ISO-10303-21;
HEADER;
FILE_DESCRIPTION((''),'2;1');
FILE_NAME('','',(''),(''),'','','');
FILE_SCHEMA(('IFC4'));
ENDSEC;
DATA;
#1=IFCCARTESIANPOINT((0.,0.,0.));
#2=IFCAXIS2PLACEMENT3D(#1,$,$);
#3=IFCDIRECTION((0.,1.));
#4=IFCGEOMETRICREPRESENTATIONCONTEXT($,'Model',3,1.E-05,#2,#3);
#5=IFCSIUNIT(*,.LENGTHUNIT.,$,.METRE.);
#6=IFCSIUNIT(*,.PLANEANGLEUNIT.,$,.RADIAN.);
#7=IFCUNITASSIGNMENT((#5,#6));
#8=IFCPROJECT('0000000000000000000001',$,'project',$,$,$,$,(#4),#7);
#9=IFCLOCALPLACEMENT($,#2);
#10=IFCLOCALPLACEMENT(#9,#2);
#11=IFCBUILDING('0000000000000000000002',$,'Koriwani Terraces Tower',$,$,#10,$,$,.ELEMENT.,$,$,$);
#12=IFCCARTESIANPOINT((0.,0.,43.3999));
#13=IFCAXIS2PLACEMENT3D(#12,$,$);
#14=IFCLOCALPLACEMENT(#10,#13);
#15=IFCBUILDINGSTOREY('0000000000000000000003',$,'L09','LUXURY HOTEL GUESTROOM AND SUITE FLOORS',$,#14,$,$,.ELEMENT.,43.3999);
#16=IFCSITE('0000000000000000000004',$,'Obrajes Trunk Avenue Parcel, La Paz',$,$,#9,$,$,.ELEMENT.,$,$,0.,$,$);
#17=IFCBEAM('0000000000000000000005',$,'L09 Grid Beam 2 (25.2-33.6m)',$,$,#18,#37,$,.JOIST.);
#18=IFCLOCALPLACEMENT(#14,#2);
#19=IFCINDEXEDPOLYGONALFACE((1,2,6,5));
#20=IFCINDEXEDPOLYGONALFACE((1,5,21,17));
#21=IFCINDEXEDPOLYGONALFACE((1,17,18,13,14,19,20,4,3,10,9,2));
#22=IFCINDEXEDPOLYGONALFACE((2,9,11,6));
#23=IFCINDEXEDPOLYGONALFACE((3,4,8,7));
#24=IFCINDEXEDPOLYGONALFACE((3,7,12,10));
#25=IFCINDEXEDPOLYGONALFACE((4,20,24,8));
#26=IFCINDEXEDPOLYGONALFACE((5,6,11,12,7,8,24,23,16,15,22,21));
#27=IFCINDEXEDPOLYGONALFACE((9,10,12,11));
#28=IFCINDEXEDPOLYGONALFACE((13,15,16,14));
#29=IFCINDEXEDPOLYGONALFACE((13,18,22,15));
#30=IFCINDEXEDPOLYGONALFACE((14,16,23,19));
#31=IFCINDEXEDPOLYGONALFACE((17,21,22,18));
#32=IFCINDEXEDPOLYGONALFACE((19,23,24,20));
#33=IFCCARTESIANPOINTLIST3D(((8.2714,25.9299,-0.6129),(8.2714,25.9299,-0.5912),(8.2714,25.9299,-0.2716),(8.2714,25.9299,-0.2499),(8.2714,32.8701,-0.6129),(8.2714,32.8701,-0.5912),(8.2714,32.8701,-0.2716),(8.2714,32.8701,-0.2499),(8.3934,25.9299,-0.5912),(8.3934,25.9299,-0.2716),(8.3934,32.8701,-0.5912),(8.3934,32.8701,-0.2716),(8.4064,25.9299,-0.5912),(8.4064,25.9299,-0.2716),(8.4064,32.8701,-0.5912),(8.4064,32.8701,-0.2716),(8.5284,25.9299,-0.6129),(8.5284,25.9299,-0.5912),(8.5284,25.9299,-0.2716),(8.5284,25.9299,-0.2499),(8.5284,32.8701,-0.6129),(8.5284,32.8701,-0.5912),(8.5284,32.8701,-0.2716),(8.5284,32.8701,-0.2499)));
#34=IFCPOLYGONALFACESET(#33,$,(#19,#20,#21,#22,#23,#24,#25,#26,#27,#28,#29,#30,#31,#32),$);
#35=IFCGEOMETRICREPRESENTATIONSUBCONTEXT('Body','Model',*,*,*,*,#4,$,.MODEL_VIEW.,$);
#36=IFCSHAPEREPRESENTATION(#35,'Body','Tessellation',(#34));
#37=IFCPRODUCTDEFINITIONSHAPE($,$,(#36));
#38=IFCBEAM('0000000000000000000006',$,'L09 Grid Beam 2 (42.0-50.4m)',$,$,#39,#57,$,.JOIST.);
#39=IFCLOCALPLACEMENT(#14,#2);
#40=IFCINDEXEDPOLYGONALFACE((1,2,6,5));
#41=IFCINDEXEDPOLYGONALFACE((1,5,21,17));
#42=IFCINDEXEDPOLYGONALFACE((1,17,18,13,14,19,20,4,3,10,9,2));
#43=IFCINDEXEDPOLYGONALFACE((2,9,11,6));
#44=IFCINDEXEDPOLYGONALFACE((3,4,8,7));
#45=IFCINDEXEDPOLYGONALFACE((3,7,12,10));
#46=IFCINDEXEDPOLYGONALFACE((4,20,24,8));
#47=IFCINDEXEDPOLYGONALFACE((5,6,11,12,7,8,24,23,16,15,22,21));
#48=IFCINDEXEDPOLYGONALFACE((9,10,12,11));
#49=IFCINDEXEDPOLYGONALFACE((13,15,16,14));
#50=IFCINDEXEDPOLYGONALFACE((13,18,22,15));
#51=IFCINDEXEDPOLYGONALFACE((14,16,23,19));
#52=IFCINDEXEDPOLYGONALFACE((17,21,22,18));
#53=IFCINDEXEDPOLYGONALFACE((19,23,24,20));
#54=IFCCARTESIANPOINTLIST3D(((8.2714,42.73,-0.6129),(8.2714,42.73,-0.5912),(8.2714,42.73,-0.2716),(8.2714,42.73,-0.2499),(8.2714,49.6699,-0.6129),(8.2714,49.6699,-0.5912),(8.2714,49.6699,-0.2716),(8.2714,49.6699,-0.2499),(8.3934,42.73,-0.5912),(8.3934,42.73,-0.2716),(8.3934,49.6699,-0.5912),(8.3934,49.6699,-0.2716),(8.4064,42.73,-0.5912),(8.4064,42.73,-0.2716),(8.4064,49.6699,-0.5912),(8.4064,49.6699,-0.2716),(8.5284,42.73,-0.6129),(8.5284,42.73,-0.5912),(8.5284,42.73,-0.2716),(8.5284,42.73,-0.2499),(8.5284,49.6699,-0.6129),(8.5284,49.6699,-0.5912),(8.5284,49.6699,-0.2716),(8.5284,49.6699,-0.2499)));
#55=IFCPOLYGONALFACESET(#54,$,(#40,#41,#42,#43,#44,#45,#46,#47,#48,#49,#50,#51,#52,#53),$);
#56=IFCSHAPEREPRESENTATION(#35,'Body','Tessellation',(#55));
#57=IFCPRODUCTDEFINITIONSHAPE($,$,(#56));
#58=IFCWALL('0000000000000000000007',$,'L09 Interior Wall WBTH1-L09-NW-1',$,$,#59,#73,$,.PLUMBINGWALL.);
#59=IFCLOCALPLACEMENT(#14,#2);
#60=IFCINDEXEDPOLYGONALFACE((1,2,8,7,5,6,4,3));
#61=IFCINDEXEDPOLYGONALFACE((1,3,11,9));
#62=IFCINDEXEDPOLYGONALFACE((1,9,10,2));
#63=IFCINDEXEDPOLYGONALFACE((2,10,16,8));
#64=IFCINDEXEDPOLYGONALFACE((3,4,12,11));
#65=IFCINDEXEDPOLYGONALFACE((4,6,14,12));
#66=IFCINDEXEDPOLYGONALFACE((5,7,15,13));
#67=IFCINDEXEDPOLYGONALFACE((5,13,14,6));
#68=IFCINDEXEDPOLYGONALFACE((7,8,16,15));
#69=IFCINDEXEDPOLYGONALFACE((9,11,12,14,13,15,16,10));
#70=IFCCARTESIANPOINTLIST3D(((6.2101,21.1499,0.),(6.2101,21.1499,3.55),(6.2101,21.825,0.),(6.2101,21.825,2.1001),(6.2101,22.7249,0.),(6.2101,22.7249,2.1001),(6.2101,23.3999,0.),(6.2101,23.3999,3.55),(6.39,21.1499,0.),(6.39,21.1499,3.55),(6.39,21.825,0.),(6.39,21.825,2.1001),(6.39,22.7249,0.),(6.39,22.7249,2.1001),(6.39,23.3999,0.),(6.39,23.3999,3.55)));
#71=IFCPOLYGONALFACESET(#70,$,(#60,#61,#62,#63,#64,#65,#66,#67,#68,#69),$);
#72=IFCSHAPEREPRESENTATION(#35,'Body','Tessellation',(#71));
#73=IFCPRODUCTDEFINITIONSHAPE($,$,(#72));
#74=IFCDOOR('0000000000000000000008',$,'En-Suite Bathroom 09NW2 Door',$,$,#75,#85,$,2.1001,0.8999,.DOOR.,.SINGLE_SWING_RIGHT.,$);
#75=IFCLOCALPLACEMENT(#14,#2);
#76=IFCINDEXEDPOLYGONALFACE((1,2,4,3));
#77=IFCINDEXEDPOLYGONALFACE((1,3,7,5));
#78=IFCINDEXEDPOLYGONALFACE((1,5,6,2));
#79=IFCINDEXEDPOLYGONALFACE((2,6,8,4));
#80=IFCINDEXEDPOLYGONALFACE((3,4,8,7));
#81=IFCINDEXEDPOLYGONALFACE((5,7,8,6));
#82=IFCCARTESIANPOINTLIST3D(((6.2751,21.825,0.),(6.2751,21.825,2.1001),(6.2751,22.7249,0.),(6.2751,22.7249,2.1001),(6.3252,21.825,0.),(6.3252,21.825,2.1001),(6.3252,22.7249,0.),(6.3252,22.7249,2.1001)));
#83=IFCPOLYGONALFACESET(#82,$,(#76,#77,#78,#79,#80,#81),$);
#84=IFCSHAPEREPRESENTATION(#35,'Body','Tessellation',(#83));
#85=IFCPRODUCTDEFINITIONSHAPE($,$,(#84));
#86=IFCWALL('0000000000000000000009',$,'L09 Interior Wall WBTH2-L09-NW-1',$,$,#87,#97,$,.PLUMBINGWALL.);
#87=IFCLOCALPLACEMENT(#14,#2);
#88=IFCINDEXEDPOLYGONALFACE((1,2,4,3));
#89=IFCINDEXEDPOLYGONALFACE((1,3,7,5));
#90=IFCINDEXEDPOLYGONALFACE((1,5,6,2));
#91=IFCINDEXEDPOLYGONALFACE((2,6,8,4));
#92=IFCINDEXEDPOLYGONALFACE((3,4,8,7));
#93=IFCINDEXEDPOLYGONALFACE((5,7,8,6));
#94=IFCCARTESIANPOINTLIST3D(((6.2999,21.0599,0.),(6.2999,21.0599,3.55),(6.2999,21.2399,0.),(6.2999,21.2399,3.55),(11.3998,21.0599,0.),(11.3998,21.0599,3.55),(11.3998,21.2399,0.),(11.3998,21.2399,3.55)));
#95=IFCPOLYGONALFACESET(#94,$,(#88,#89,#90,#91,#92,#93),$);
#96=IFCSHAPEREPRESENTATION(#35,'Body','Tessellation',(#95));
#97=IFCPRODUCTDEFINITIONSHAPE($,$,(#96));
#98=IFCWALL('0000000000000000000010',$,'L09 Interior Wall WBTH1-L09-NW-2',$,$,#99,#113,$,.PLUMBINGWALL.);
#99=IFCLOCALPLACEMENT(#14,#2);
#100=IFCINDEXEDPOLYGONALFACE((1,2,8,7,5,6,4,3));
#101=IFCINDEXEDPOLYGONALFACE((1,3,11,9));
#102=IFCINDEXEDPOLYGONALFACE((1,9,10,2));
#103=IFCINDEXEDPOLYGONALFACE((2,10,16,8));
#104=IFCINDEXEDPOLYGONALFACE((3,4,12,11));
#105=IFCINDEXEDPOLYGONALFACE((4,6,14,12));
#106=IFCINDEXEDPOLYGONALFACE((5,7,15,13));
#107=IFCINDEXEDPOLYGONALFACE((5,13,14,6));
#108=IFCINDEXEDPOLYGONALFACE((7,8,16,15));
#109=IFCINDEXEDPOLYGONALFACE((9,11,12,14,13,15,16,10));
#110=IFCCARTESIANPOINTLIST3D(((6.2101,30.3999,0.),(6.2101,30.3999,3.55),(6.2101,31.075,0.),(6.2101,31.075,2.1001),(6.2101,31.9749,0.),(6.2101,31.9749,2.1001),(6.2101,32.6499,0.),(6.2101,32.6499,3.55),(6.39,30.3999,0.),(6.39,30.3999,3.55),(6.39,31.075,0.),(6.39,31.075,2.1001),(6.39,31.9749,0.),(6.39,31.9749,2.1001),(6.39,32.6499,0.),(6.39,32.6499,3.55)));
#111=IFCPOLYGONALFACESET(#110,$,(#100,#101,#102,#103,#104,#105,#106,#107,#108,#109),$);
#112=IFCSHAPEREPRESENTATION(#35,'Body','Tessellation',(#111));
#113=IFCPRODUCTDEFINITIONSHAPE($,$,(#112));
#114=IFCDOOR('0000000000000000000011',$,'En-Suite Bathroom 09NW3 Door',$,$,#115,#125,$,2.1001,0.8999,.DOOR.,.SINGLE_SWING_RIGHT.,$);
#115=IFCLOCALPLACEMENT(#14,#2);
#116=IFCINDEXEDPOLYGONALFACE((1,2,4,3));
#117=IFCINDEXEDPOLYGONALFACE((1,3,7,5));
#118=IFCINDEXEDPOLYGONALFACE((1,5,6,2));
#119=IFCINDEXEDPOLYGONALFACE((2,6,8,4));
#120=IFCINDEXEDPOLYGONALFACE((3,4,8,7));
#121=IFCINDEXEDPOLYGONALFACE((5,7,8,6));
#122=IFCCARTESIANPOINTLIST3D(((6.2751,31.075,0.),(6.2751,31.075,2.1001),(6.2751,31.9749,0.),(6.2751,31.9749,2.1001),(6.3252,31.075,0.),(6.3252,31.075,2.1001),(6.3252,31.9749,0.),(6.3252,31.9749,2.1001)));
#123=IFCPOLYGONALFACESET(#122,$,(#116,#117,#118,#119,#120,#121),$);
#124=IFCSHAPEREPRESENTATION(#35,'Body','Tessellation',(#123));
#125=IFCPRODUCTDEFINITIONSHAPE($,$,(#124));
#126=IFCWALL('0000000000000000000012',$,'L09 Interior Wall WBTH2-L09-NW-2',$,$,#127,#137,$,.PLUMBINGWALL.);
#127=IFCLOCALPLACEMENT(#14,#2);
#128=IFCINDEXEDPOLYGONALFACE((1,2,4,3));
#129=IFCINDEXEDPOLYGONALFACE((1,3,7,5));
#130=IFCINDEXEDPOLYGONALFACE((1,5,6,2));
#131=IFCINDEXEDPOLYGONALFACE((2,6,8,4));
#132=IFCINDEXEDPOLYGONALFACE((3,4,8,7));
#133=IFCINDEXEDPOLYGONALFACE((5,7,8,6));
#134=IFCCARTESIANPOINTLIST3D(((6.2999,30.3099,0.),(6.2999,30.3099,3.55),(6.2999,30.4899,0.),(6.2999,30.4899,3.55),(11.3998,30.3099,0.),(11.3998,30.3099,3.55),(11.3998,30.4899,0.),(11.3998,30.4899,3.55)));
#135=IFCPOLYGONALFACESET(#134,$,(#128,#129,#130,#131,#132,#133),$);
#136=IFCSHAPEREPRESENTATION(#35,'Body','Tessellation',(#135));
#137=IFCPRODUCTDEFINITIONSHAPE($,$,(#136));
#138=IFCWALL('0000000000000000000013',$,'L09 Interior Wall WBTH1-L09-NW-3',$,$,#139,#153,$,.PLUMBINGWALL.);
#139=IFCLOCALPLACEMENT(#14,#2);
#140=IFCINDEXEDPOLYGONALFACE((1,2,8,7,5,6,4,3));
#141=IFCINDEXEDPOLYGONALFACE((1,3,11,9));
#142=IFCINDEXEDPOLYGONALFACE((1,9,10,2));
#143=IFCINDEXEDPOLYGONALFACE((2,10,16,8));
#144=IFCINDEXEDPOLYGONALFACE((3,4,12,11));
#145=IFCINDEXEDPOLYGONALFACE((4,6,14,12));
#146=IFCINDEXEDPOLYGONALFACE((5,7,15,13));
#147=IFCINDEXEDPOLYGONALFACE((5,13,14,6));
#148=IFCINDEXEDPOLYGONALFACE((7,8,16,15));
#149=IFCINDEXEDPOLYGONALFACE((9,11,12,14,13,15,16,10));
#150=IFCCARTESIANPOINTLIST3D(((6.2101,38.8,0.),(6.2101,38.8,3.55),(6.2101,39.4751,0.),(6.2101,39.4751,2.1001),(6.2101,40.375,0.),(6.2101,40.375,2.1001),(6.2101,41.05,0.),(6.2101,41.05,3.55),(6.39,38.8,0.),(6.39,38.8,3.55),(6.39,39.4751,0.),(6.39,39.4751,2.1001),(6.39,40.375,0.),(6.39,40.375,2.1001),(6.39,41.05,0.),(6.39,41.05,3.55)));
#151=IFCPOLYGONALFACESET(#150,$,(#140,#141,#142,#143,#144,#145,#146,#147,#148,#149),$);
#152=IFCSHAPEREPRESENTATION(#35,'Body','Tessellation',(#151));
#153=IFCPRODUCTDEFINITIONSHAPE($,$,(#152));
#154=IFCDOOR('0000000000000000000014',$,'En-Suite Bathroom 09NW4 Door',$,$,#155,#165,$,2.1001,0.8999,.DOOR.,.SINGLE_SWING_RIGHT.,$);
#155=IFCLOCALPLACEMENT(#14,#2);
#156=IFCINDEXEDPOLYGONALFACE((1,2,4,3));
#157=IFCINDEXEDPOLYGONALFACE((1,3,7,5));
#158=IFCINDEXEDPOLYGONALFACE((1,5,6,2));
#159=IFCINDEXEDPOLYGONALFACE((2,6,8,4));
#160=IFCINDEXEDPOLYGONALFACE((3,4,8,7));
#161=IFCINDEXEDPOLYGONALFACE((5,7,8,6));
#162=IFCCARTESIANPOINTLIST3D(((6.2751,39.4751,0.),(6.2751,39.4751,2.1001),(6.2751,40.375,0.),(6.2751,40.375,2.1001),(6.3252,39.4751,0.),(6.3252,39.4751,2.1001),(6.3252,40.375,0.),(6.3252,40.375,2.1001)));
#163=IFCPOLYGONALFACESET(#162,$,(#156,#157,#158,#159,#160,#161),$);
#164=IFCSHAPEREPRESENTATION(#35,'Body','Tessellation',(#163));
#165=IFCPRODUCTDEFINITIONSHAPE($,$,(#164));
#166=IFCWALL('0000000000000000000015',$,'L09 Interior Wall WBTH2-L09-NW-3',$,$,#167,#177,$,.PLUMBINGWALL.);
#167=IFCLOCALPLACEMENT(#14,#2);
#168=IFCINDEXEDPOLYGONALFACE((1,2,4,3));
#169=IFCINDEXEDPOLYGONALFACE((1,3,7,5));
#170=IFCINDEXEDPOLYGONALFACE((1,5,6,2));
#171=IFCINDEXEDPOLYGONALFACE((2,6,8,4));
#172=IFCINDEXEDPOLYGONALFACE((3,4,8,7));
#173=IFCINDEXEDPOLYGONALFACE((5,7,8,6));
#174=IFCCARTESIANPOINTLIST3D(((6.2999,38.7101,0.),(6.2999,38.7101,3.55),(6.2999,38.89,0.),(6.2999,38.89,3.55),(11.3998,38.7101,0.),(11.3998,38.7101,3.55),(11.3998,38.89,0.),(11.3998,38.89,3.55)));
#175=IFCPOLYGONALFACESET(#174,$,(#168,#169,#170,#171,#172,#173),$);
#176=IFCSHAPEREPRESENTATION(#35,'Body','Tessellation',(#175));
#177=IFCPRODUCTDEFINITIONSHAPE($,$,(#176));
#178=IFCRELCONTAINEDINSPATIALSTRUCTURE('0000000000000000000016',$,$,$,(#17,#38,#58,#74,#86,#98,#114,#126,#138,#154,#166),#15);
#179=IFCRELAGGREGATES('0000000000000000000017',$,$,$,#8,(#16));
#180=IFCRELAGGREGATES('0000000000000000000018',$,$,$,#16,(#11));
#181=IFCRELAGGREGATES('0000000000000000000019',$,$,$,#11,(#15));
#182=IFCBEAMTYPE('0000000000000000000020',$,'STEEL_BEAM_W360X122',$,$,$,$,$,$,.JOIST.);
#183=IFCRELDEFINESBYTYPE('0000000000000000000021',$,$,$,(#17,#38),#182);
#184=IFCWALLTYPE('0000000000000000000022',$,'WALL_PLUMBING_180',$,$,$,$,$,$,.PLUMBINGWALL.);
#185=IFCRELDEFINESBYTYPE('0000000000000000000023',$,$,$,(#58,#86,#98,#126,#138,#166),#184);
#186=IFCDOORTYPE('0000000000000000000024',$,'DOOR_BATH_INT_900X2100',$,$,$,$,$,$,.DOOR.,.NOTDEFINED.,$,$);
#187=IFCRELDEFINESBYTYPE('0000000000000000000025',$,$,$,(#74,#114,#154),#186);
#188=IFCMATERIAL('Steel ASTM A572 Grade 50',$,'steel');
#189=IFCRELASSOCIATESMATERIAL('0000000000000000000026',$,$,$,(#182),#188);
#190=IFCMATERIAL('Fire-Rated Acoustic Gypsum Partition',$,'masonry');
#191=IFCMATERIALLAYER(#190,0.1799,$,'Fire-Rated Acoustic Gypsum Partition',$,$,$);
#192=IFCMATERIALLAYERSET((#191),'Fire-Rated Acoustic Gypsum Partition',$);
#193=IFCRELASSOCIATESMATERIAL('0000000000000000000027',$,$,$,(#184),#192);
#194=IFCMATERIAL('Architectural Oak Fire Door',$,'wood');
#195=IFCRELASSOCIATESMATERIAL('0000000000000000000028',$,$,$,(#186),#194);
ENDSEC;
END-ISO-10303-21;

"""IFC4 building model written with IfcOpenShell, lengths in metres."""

from ifc_helpers import new_model, si_unit, direction, frame, frame_2d, origin, origin_2d, place, context, subcontext, project, spatial, rectangle, i_section, extrude, material, layer, layer_set, material_profile, profile_set, type_object, element, fill, save


model = new_model("IFC4")

# Units and contexts
model_context = context("Model", 3, precision=1e-05, world=origin(), true_north=direction((0.0, 1.0)))
body_context = subcontext(model_context, "Body", "Model", "MODEL_VIEW")
ifc_project = project(units=[si_unit("LENGTHUNIT", "METRE"), si_unit("PLANEANGLEUNIT", "RADIAN")], contexts=[model_context])

# Site, building, storey
site_placement = place(None, origin())
site = spatial("IfcSite", under=ifc_project, at=site_placement, Name="Obrajes Trunk Avenue Parcel, La Paz", CompositionType="ELEMENT", RefElevation=0.0)
building_placement = place(site_placement, origin())
building = spatial("IfcBuilding", under=site, at=building_placement, Name="Koriwani Terraces Tower", CompositionType="ELEMENT")
storey_placement = place(building_placement, frame((0.0, 0.0, 43.3999)))
storey = spatial("IfcBuildingStorey", under=building, at=storey_placement, Name="L09", Description="LUXURY HOTEL GUESTROOM AND SUITE FLOORS", CompositionType="ELEMENT", Elevation=43.3999)

# Beams
ifc_material_1 = material(Name="Steel ASTM A572 Grade 50", Category="steel")
ifc_material_profile_1 = material_profile(ifc_material_1, i_section(OverallWidth=0.2571, OverallDepth=0.363, WebThickness=0.0129, FlangeThickness=0.0217, at=origin_2d()), Name="Steel ASTM A572 Grade 50", Category="LoadBearing")
ifc_profile_set_1 = profile_set([ifc_material_profile_1], Name="Steel ASTM A572 Grade 50")
beam_type_1 = type_object("IfcBeamType", Name="STEEL_BEAM_W360X122", PredefinedType="JOIST", material=ifc_profile_set_1)
beam_1_placement = place(storey_placement, frame((8.3999, 25.9299, -0.4314), z_axis=(0.0, 1.0, 0.0), x_axis=(-1.0, 0.0, 0.0)))
element("IfcBeam", 1, at=beam_1_placement, inside=storey, type_object=beam_type_1, Name="L09 Grid Beam 2 (25.2-33.6m)", PredefinedType="JOIST", context=body_context, shape_type="SweptSolid", body=[
    extrude(i_section(OverallWidth=0.2571, OverallDepth=0.363, WebThickness=0.0129, FlangeThickness=0.0217, at=origin_2d()), origin(), (0.0, 0.0, 1.0), 6.9402),
])
beam_2_placement = place(storey_placement, frame((8.3999, 42.73, -0.4314), z_axis=(0.0, 1.0, 0.0), x_axis=(-1.0, 0.0, 0.0)))
element("IfcBeam", 2, at=beam_2_placement, inside=storey, type_object=beam_type_1, Name="L09 Grid Beam 2 (42.0-50.4m)", PredefinedType="JOIST", context=body_context, shape_type="SweptSolid", body=[
    extrude(i_section(OverallWidth=0.2571, OverallDepth=0.363, WebThickness=0.0129, FlangeThickness=0.0217, at=origin_2d()), origin(), (0.0, 0.0, 1.0), 6.9399),
])

# Wall, opening, door
ifc_material_2 = material(Name="Fire-Rated Acoustic Gypsum Partition", Category="masonry")
ifc_layer_1 = layer(ifc_material_2, 0.1799, Name="Fire-Rated Acoustic Gypsum Partition")
ifc_layer_set_1 = layer_set([ifc_layer_1], Name="Fire-Rated Acoustic Gypsum Partition")
wall_type_1 = type_object("IfcWallType", Name="WALL_PLUMBING_180", PredefinedType="PLUMBINGWALL", material=ifc_layer_set_1)
wall_1_placement = place(storey_placement, frame((6.3, 21.1499, 0.0), z_axis=(0.0, 0.0, 1.0), x_axis=(0.0, 1.0, 0.0)))
wall_1 = element("IfcWall", 3, at=wall_1_placement, inside=storey, type_object=wall_type_1, Name="L09 Interior Wall WBTH1-L09-NW-1", PredefinedType="PLUMBINGWALL", context=body_context, shape_type="SweptSolid", body=[
    extrude(rectangle(XDim=2.25, YDim=0.1799, at=frame_2d((1.125, 0.0))), origin(), (0.0, 0.0, 1.0), 3.55),
])
opening_1_placement = place(wall_1_placement, frame((0.675, 0.0, 0.0)))
opening_1 = element("IfcOpeningElement", 4, at=opening_1_placement, cuts=wall_1, PredefinedType="OPENING", context=body_context, shape_type="SweptSolid", body=[
    extrude(rectangle(XDim=0.8999, YDim=2.1001, at=frame_2d((0.45, 1.05))), frame((0.0, 0.1001, 0.0), z_axis=(0.0, -1.0, 0.0), x_axis=(1.0, 0.0, 0.0)), (0.0, 0.0, 1.0), 0.2),
])
ifc_material_3 = material(Name="Architectural Oak Fire Door", Category="wood")
door_type = type_object("IfcDoorType", Name="DOOR_BATH_INT_900X2100", OperationType="NOTDEFINED", PredefinedType="DOOR", material=ifc_material_3)
door_1_placement = place(opening_1_placement, origin())
door_1 = element("IfcDoor", 5, at=door_1_placement, inside=storey, type_object=door_type, Name="En-Suite Bathroom 09NW2 Door", OperationType="SINGLE_SWING_RIGHT", OverallHeight=2.1001, OverallWidth=0.8999, PredefinedType="DOOR", context=body_context, shape_type="SweptSolid", body=[
    extrude(rectangle(XDim=0.8999, YDim=2.1001, at=frame_2d((0.45, 1.05))), frame((0.0, 0.0249, 0.0), z_axis=(0.0, -1.0, 0.0), x_axis=(1.0, 0.0, 0.0)), (0.0, 0.0, 1.0), 0.05),
])
fill(opening_1, door_1)

# Wall
wall_2_placement = place(storey_placement, frame((6.3, 21.1499, 0.0), z_axis=(0.0, 0.0, 1.0), x_axis=(1.0, 0.0, 0.0)))
element("IfcWall", 6, at=wall_2_placement, inside=storey, type_object=wall_type_1, Name="L09 Interior Wall WBTH2-L09-NW-1", PredefinedType="PLUMBINGWALL", context=body_context, shape_type="SweptSolid", body=[
    extrude(rectangle(XDim=5.0999, YDim=0.1799, at=frame_2d((2.5498, 0.0))), origin(), (0.0, 0.0, 1.0), 3.55),
])

# Wall, opening, door
wall_3_placement = place(storey_placement, frame((6.3, 30.3999, 0.0), z_axis=(0.0, 0.0, 1.0), x_axis=(0.0, 1.0, 0.0)))
wall_3 = element("IfcWall", 7, at=wall_3_placement, inside=storey, type_object=wall_type_1, Name="L09 Interior Wall WBTH1-L09-NW-2", PredefinedType="PLUMBINGWALL", context=body_context, shape_type="SweptSolid", body=[
    extrude(rectangle(XDim=2.25, YDim=0.1799, at=frame_2d((1.125, 0.0))), origin(), (0.0, 0.0, 1.0), 3.55),
])
opening_2_placement = place(wall_3_placement, frame((0.675, 0.0, 0.0)))
opening_2 = element("IfcOpeningElement", 8, at=opening_2_placement, cuts=wall_3, PredefinedType="OPENING", context=body_context, shape_type="SweptSolid", body=[
    extrude(rectangle(XDim=0.8999, YDim=2.1001, at=frame_2d((0.45, 1.05))), frame((0.0, 0.1001, 0.0), z_axis=(0.0, -1.0, 0.0), x_axis=(1.0, 0.0, 0.0)), (0.0, 0.0, 1.0), 0.2),
])
door_2_placement = place(opening_2_placement, origin())
door_2 = element("IfcDoor", 9, at=door_2_placement, inside=storey, type_object=door_type, Name="En-Suite Bathroom 09NW3 Door", OperationType="SINGLE_SWING_RIGHT", OverallHeight=2.1001, OverallWidth=0.8999, PredefinedType="DOOR", context=body_context, shape_type="SweptSolid", body=[
    extrude(rectangle(XDim=0.8999, YDim=2.1001, at=frame_2d((0.45, 1.05))), frame((0.0, 0.0249, 0.0), z_axis=(0.0, -1.0, 0.0), x_axis=(1.0, 0.0, 0.0)), (0.0, 0.0, 1.0), 0.05),
])
fill(opening_2, door_2)

# Wall
wall_4_placement = place(storey_placement, frame((6.3, 30.3999, 0.0), z_axis=(0.0, 0.0, 1.0), x_axis=(1.0, 0.0, 0.0)))
element("IfcWall", 10, at=wall_4_placement, inside=storey, type_object=wall_type_1, Name="L09 Interior Wall WBTH2-L09-NW-2", PredefinedType="PLUMBINGWALL", context=body_context, shape_type="SweptSolid", body=[
    extrude(rectangle(XDim=5.0999, YDim=0.1799, at=frame_2d((2.5498, 0.0))), origin(), (0.0, 0.0, 1.0), 3.55),
])

# Wall, opening, door
wall_5_placement = place(storey_placement, frame((6.3, 38.8, 0.0), z_axis=(0.0, 0.0, 1.0), x_axis=(0.0, 1.0, 0.0)))
wall_5 = element("IfcWall", 11, at=wall_5_placement, inside=storey, type_object=wall_type_1, Name="L09 Interior Wall WBTH1-L09-NW-3", PredefinedType="PLUMBINGWALL", context=body_context, shape_type="SweptSolid", body=[
    extrude(rectangle(XDim=2.25, YDim=0.1799, at=frame_2d((1.125, 0.0))), origin(), (0.0, 0.0, 1.0), 3.55),
])
opening_3_placement = place(wall_5_placement, frame((0.675, 0.0, 0.0)))
opening_3 = element("IfcOpeningElement", 12, at=opening_3_placement, cuts=wall_5, PredefinedType="OPENING", context=body_context, shape_type="SweptSolid", body=[
    extrude(rectangle(XDim=0.8999, YDim=2.1001, at=frame_2d((0.45, 1.05))), frame((0.0, 0.1001, 0.0), z_axis=(0.0, -1.0, 0.0), x_axis=(1.0, 0.0, 0.0)), (0.0, 0.0, 1.0), 0.2),
])
door_3_placement = place(opening_3_placement, origin())
door_3 = element("IfcDoor", 13, at=door_3_placement, inside=storey, type_object=door_type, Name="En-Suite Bathroom 09NW4 Door", OperationType="SINGLE_SWING_RIGHT", OverallHeight=2.1001, OverallWidth=0.8999, PredefinedType="DOOR", context=body_context, shape_type="SweptSolid", body=[
    extrude(rectangle(XDim=0.8999, YDim=2.1001, at=frame_2d((0.45, 1.05))), frame((0.0, 0.0249, 0.0), z_axis=(0.0, -1.0, 0.0), x_axis=(1.0, 0.0, 0.0)), (0.0, 0.0, 1.0), 0.05),
])
fill(opening_3, door_3)

# Wall
wall_6_placement = place(storey_placement, frame((6.3, 38.8, 0.0), z_axis=(0.0, 0.0, 1.0), x_axis=(1.0, 0.0, 0.0)))
element("IfcWall", 14, at=wall_6_placement, inside=storey, type_object=wall_type_1, Name="L09 Interior Wall WBTH2-L09-NW-3", PredefinedType="PLUMBINGWALL", context=body_context, shape_type="SweptSolid", body=[
    extrude(rectangle(XDim=5.0999, YDim=0.1799, at=frame_2d((2.5498, 0.0))), origin(), (0.0, 0.0, 1.0), 3.55),
])

save(model, "model.ifc")
